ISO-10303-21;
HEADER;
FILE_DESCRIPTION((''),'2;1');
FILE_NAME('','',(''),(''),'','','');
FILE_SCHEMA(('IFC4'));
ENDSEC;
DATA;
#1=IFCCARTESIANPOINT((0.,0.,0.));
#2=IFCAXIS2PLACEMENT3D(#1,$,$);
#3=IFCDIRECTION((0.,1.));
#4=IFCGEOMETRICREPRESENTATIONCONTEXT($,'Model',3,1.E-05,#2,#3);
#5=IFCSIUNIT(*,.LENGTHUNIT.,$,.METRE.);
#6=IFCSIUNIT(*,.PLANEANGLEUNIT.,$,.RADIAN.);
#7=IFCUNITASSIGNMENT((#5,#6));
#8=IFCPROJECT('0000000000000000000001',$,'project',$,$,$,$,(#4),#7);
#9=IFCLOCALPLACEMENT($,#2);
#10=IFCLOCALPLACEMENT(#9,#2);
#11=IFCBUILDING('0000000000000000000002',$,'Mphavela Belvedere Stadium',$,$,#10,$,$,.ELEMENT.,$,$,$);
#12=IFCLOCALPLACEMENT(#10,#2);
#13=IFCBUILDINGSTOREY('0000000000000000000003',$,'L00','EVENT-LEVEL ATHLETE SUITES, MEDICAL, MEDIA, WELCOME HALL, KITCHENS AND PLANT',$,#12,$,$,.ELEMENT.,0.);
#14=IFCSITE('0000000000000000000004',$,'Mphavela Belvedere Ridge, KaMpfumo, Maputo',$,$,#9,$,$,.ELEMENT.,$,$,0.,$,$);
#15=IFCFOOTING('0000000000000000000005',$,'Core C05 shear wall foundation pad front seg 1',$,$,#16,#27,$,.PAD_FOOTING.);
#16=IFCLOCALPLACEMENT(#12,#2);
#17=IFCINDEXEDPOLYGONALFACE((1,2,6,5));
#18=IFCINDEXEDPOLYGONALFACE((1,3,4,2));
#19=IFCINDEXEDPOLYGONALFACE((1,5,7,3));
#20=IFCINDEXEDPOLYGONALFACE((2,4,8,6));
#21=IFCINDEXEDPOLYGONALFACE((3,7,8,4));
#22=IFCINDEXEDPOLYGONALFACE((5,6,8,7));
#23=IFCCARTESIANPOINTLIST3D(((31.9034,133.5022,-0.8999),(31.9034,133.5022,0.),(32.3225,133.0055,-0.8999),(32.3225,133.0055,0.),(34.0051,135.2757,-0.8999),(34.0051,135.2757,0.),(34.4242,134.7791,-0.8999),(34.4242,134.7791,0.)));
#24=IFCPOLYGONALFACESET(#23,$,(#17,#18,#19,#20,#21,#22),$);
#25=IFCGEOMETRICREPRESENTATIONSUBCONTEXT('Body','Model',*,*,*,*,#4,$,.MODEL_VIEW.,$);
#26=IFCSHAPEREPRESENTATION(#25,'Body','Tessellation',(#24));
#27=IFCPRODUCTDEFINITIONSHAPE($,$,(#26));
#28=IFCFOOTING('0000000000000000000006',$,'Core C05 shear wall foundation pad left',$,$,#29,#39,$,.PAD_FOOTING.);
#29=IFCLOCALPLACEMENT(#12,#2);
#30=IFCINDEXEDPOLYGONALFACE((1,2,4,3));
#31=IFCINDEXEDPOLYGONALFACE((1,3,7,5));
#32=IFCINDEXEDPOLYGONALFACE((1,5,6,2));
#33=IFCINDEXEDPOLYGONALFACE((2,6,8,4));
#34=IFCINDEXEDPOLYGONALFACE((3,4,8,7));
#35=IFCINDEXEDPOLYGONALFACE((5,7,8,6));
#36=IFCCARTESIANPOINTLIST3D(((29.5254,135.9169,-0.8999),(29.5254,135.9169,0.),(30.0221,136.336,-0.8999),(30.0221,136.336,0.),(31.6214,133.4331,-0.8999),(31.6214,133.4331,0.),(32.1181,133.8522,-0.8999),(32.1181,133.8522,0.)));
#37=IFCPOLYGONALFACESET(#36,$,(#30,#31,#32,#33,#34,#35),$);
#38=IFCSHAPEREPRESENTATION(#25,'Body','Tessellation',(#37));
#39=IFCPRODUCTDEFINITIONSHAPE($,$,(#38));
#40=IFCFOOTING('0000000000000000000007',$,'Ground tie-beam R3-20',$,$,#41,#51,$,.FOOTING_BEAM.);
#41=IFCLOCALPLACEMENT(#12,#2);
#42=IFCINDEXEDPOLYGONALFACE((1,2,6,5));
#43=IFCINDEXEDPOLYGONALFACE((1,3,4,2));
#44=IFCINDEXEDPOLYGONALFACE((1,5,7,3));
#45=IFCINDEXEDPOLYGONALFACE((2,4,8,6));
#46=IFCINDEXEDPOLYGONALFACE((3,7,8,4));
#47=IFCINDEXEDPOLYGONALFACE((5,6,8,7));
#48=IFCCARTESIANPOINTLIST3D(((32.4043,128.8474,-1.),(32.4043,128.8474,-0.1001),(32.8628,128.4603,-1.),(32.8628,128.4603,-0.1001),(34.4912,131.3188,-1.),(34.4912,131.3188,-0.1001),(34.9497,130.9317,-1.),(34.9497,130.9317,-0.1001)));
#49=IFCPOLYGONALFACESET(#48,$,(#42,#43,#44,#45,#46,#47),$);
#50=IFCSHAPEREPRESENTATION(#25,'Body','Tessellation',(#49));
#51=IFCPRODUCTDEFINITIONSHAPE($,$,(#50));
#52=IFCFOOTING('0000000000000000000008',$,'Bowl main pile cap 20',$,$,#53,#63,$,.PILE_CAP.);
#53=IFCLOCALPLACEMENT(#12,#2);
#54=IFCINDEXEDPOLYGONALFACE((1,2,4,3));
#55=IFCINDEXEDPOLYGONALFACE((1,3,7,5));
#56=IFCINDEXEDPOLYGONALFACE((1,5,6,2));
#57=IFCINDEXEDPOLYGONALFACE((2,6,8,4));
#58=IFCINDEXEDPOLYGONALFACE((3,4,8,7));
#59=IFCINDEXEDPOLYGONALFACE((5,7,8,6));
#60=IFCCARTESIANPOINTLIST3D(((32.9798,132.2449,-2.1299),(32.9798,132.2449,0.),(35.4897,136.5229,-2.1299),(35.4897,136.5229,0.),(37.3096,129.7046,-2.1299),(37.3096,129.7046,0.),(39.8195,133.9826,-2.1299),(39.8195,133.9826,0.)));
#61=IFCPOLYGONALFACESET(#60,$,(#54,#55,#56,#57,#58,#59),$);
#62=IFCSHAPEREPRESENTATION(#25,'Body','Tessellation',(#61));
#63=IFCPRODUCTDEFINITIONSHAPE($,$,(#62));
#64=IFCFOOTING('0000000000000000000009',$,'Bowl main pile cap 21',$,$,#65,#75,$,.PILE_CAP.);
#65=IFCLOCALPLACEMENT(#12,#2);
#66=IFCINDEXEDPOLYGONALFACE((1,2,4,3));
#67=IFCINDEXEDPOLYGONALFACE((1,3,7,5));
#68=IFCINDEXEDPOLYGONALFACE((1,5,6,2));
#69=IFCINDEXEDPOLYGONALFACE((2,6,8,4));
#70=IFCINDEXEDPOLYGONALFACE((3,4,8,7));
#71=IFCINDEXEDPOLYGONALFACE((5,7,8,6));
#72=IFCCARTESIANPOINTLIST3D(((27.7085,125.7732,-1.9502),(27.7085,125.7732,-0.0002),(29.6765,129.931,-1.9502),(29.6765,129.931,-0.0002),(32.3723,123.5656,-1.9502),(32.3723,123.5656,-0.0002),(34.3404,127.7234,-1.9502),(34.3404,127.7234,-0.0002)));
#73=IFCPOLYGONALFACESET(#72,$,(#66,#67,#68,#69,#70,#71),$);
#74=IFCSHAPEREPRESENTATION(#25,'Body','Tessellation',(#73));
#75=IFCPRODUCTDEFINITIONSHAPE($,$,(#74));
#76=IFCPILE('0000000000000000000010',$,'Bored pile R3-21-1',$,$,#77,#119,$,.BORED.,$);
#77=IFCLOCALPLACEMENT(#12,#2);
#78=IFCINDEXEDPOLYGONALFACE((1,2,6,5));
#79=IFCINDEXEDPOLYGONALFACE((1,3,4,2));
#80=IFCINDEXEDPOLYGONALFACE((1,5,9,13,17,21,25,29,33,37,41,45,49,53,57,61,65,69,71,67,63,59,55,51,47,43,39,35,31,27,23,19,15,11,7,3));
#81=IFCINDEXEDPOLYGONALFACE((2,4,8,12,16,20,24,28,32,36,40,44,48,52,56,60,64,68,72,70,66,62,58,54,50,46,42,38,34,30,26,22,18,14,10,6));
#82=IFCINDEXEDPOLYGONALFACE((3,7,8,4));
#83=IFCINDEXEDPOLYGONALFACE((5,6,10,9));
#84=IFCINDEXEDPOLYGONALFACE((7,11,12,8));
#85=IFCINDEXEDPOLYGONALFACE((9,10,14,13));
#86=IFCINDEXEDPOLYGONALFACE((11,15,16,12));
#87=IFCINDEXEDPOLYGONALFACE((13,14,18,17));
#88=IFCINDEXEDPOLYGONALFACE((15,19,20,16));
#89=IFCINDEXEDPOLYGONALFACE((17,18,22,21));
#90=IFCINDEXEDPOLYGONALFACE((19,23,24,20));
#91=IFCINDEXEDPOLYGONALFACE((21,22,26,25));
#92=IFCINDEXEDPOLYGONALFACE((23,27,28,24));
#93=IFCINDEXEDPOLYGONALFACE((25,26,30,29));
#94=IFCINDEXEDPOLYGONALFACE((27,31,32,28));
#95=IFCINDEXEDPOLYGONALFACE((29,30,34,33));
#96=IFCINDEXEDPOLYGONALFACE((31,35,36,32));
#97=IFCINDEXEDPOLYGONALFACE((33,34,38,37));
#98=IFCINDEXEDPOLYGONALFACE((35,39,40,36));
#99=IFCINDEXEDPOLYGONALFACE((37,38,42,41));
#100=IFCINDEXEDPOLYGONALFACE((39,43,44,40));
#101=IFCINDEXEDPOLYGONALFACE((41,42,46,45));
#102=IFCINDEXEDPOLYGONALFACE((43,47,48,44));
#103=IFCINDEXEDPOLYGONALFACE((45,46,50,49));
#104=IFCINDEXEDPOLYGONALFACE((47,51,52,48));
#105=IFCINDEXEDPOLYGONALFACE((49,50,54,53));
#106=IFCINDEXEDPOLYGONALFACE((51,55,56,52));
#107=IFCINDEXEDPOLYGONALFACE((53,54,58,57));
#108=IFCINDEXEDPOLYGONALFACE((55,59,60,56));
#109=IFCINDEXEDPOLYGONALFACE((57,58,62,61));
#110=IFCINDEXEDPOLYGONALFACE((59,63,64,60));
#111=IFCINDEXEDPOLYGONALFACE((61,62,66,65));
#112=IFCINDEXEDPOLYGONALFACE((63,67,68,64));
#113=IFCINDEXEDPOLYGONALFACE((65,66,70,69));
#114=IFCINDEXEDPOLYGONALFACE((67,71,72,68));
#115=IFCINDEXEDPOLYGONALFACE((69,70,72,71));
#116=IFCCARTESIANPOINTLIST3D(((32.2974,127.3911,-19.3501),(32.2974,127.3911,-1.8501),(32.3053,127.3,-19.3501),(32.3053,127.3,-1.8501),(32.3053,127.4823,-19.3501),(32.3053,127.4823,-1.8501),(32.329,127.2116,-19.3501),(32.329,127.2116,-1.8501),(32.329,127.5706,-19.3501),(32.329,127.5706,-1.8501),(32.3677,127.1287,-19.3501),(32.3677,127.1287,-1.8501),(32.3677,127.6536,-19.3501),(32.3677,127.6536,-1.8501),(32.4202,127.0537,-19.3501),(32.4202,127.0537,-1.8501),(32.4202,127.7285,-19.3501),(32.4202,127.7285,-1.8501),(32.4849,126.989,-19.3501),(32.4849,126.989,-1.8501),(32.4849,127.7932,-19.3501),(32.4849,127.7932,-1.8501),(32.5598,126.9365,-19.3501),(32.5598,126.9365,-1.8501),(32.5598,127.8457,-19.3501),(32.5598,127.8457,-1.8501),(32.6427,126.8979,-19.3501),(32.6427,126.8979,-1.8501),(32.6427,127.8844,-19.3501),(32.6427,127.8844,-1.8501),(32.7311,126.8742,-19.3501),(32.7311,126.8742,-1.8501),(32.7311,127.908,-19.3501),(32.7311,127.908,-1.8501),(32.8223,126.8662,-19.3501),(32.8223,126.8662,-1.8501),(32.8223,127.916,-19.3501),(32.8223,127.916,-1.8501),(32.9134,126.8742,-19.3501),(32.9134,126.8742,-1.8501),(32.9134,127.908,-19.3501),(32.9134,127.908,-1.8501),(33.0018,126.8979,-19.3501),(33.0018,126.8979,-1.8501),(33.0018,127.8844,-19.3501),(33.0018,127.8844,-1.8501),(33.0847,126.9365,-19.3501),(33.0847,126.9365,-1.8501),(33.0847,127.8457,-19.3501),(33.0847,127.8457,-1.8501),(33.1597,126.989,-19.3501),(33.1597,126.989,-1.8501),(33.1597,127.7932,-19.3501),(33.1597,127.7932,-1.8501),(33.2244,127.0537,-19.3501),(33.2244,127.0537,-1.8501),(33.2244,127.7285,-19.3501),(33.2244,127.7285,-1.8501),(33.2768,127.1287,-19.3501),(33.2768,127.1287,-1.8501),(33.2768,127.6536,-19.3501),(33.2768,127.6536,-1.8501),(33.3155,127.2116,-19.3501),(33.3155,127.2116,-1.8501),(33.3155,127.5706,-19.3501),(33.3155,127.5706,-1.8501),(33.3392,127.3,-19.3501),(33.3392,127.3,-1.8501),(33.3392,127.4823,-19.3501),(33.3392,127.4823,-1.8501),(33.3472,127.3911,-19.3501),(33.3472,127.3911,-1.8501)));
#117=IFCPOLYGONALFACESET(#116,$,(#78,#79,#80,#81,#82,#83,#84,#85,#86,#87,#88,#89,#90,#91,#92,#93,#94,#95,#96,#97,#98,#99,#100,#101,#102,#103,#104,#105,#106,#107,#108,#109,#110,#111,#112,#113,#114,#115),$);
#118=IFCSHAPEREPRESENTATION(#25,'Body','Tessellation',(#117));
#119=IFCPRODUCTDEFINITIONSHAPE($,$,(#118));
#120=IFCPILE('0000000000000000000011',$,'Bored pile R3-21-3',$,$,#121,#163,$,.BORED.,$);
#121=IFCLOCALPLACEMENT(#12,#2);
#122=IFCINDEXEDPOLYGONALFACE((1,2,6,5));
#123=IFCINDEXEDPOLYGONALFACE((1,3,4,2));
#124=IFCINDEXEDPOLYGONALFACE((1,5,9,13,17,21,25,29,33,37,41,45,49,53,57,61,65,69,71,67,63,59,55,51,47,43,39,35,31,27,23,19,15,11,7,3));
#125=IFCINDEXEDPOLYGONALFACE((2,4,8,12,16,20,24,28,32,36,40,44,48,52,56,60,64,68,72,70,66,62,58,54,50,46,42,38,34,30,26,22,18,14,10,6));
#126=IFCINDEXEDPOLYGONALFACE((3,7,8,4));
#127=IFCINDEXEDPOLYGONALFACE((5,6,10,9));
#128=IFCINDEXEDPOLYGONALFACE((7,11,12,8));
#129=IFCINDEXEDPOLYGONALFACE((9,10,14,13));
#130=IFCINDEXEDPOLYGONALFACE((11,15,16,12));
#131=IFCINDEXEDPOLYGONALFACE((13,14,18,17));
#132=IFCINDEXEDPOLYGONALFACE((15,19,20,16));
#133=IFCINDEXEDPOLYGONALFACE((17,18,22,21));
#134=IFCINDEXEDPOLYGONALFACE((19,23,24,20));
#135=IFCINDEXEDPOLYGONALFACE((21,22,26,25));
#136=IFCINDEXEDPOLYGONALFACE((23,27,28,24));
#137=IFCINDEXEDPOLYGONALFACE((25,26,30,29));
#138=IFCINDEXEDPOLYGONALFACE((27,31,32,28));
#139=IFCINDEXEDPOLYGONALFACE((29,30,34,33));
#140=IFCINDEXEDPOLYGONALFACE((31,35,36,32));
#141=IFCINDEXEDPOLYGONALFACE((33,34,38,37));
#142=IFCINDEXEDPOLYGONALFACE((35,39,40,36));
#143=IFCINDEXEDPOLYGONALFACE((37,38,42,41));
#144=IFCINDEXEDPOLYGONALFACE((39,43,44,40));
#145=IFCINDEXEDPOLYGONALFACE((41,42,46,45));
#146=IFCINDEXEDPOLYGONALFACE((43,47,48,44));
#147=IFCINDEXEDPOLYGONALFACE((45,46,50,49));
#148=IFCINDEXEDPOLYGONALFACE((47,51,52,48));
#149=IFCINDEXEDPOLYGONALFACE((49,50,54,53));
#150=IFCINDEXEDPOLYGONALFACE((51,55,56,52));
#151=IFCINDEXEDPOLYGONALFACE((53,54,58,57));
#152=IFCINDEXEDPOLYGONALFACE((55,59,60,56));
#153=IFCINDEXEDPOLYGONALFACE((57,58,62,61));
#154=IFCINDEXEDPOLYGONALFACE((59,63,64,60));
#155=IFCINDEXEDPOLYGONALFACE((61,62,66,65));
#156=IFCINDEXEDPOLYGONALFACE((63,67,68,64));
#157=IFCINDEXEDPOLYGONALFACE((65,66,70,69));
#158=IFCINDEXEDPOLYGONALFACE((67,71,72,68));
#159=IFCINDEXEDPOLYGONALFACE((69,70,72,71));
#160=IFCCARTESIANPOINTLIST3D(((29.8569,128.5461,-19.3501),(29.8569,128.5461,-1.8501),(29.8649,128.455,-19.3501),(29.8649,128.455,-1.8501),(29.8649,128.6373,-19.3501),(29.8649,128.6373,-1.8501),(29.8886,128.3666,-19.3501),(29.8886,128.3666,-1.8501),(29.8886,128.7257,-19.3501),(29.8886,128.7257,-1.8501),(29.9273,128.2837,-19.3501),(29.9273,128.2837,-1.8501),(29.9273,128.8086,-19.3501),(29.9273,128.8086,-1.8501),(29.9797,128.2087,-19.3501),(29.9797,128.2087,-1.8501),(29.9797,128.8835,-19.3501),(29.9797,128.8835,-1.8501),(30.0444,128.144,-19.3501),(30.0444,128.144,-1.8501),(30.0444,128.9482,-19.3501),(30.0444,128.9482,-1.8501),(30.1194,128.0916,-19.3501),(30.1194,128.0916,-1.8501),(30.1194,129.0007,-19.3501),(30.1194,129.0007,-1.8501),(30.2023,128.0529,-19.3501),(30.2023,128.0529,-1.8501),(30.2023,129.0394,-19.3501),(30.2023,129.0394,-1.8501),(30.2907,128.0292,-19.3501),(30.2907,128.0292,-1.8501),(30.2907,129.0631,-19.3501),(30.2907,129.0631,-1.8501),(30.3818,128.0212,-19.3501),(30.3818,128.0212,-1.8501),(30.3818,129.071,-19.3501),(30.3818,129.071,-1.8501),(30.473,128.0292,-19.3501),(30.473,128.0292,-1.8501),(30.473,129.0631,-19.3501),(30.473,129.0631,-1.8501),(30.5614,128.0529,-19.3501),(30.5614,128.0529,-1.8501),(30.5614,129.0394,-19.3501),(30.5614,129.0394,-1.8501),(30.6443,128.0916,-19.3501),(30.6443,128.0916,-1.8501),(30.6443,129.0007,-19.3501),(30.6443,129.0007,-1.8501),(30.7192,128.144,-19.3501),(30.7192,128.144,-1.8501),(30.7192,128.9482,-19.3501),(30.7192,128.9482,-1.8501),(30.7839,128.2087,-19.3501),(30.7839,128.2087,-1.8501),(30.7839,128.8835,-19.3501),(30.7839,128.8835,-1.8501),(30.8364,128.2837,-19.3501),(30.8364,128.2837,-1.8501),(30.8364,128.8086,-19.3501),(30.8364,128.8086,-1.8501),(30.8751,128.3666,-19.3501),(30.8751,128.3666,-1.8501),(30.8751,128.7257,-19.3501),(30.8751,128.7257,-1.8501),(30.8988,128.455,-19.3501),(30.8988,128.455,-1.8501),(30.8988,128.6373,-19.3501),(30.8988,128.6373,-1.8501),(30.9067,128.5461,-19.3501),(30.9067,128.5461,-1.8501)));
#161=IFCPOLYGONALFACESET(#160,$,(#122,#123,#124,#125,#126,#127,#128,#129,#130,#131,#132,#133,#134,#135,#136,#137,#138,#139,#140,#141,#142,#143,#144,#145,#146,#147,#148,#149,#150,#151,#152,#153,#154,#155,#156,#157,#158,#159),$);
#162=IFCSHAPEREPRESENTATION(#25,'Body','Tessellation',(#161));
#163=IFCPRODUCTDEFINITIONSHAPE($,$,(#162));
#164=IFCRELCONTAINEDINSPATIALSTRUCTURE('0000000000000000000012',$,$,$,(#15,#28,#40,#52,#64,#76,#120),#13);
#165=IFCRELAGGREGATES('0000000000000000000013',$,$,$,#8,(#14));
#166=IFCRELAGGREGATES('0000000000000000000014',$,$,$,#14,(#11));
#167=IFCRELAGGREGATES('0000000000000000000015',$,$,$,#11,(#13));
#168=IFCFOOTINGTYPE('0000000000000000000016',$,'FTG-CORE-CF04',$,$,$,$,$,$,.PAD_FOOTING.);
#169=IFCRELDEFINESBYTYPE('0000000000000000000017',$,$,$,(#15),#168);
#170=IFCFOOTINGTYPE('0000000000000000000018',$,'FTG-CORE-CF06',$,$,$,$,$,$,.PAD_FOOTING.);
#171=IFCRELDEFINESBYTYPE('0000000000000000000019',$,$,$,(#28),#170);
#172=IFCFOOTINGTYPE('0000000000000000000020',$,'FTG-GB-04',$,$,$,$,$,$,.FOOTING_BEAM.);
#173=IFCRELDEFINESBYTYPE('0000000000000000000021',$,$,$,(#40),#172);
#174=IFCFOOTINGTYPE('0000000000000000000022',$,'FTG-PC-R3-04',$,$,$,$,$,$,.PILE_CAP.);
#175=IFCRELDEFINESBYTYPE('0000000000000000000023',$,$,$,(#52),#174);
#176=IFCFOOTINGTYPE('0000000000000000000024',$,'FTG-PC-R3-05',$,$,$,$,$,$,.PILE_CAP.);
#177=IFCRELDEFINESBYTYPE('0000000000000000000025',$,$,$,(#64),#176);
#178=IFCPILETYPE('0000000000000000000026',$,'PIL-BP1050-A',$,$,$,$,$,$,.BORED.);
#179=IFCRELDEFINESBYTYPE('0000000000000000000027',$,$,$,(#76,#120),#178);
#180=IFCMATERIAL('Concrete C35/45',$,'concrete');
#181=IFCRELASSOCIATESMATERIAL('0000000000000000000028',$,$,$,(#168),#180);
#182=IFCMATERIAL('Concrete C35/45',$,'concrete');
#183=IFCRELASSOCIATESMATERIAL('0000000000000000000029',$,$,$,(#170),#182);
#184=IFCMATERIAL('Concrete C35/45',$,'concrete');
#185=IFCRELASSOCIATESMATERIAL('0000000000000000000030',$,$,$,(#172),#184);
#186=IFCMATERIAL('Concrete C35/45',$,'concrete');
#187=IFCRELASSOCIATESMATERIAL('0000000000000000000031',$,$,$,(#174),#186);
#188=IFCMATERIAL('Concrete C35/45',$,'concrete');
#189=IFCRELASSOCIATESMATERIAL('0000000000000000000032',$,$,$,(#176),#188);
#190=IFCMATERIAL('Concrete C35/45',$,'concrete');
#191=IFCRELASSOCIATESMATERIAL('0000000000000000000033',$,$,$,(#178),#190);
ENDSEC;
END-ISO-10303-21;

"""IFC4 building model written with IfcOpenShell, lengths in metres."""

from ifc_helpers import new_model, si_unit, direction, frame, origin, origin_2d, place, context, subcontext, project, spatial, rectangle, circle, extrude, material, material_profile, profile_set, type_object, element, save


model = new_model("IFC4")

# Units and contexts
model_context = context("Model", 3, precision=1e-05, world=origin(), true_north=direction((0.0, 1.0)))
body_context = subcontext(model_context, "Body", "Model", "MODEL_VIEW")
ifc_project = project(units=[si_unit("LENGTHUNIT", "METRE"), si_unit("PLANEANGLEUNIT", "RADIAN")], contexts=[model_context])

# Site, building, storey
site_placement = place(None, origin())
site = spatial("IfcSite", under=ifc_project, at=site_placement, Name="Mphavela Belvedere Ridge, KaMpfumo, Maputo", CompositionType="ELEMENT", RefElevation=0.0)
building_placement = place(site_placement, origin())
building = spatial("IfcBuilding", under=site, at=building_placement, Name="Mphavela Belvedere Stadium", CompositionType="ELEMENT")
storey_placement = place(building_placement, origin())
storey = spatial("IfcBuildingStorey", under=building, at=storey_placement, Name="L00", Description="EVENT-LEVEL ATHLETE SUITES, MEDICAL, MEDIA, WELCOME HALL, KITCHENS AND PLANT", CompositionType="ELEMENT", Elevation=0.0)

# Footings
ifc_material_1 = material(Name="Concrete C35/45", Category="concrete")
footing_type_1 = type_object("IfcFootingType", Name="FTG-CORE-CF04", PredefinedType="PAD_FOOTING", material=ifc_material_1)
footing_1_placement = place(storey_placement, frame((33.1638, 134.1406, -0.8999), z_axis=(0.0, 0.0, 1.0), x_axis=(0.764246, 0.644924, 0.0)))
element("IfcFooting", 1, at=footing_1_placement, inside=storey, type_object=footing_type_1, Name="Core C05 shear wall foundation pad front seg 1", PredefinedType="PAD_FOOTING", context=body_context, shape_type="SweptSolid", body=[
    extrude(rectangle(XDim=2.75, YDim=0.6499, at=origin_2d()), origin(), (0.0, 0.0, 1.0), 0.8999),
])
ifc_material_2 = material(Name="Concrete C35/45", Category="concrete")
footing_type_2 = type_object("IfcFootingType", Name="FTG-CORE-CF06", PredefinedType="PAD_FOOTING", material=ifc_material_2)
footing_2_placement = place(storey_placement, frame((30.8218, 134.8845, -0.8999), z_axis=(0.0, 0.0, 1.0), x_axis=(-0.644924, 0.764246, 0.0)))
element("IfcFooting", 2, at=footing_2_placement, inside=storey, type_object=footing_type_2, Name="Core C05 shear wall foundation pad left", PredefinedType="PAD_FOOTING", context=body_context, shape_type="SweptSolid", body=[
    extrude(rectangle(XDim=3.25, YDim=0.6499, at=origin_2d()), origin(), (0.0, 0.0, 1.0), 0.8999),
])
ifc_material_3 = material(Name="Concrete C35/45", Category="concrete")
ifc_material_profile_1 = material_profile(ifc_material_3, rectangle(XDim=0.6001, YDim=0.8999, at=origin_2d()), Name="GB 600x900")
ifc_profile_set_1 = profile_set([ifc_material_profile_1], Name="Concrete C35/45")
footing_type_3 = type_object("IfcFootingType", Name="FTG-GB-04", PredefinedType="FOOTING_BEAM", material=ifc_profile_set_1)
footing_3_placement = place(storey_placement, frame((34.7205, 131.1252, -0.55), z_axis=(-0.645167, -0.764041, 0.0), x_axis=(0.764041, -0.645167, 0.0)))
element("IfcFooting", 3, at=footing_3_placement, inside=storey, type_object=footing_type_3, Name="Ground tie-beam R3-20", PredefinedType="FOOTING_BEAM", context=body_context, shape_type="SweptSolid", body=[
    extrude(rectangle(XDim=0.6001, YDim=0.8999, at=origin_2d()), origin(), (0.0, 0.0, 1.0), 3.2346),
])
ifc_material_4 = material(Name="Concrete C35/45", Category="concrete")
footing_type_4 = type_object("IfcFootingType", Name="FTG-PC-R3-04", PredefinedType="PILE_CAP", material=ifc_material_4)
footing_4_placement = place(storey_placement, frame((36.3997, 133.1138, -2.1299), z_axis=(0.0, 0.0, 1.0), x_axis=(-0.862514, 0.506034, 0.0)))
element("IfcFooting", 4, at=footing_4_placement, inside=storey, type_object=footing_type_4, Name="Bowl main pile cap 20", PredefinedType="PILE_CAP", context=body_context, shape_type="SweptSolid", body=[
    extrude(rectangle(XDim=5.02, YDim=4.96, at=origin_2d()), origin(), (0.0, 0.0, 1.0), 2.1299),
])
ifc_material_5 = material(Name="Concrete C35/45", Category="concrete")
footing_type_5 = type_object("IfcFootingType", Name="FTG-PC-R3-05", PredefinedType="PILE_CAP", material=ifc_material_5)
footing_5_placement = place(storey_placement, frame((31.0244, 126.7483, -1.9502), z_axis=(0.0, 0.0, 1.0), x_axis=(-0.903859, 0.427831, 0.0)))
element("IfcFooting", 5, at=footing_5_placement, inside=storey, type_object=footing_type_5, Name="Bowl main pile cap 21", PredefinedType="PILE_CAP", context=body_context, shape_type="SweptSolid", body=[
    extrude(rectangle(XDim=5.1599, YDim=4.6001, at=origin_2d()), origin(), (0.0, 0.0, 1.0), 1.95),
])

# Piles
ifc_material_6 = material(Name="Concrete C35/45", Category="concrete")
ifc_material_profile_2 = material_profile(ifc_material_6, circle(Radius=0.5249, at=origin_2d()), Name="BP D1050")
ifc_profile_set_2 = profile_set([ifc_material_profile_2], Name="Concrete C35/45")
pile_type_1 = type_object("IfcPileType", Name="PIL-BP1050-A", PredefinedType="BORED", material=ifc_profile_set_2)
for number, where, z_axis, x_axis, name in (
    (6, (32.8223, 127.3911, -1.8501), (0.0, 0.0, -1.0), (1.0, 0.0, 0.0), "Bored pile R3-21-1"),
    (7, (30.3818, 128.5461, -1.8501), (0.0, 0.0, -1.0), (1.0, 0.0, 0.0), "Bored pile R3-21-3"),
):
    element("IfcPile", number, at=place(storey_placement, frame(where, z_axis=z_axis, x_axis=x_axis)), inside=storey, type_object=pile_type_1, Name=name, PredefinedType="BORED", context=body_context, shape_type="SweptSolid", body=[
        extrude(circle(Radius=0.5249, at=origin_2d()), origin(), (0.0, 0.0, 1.0), 17.5),
    ])

save(model, "model.ifc")
